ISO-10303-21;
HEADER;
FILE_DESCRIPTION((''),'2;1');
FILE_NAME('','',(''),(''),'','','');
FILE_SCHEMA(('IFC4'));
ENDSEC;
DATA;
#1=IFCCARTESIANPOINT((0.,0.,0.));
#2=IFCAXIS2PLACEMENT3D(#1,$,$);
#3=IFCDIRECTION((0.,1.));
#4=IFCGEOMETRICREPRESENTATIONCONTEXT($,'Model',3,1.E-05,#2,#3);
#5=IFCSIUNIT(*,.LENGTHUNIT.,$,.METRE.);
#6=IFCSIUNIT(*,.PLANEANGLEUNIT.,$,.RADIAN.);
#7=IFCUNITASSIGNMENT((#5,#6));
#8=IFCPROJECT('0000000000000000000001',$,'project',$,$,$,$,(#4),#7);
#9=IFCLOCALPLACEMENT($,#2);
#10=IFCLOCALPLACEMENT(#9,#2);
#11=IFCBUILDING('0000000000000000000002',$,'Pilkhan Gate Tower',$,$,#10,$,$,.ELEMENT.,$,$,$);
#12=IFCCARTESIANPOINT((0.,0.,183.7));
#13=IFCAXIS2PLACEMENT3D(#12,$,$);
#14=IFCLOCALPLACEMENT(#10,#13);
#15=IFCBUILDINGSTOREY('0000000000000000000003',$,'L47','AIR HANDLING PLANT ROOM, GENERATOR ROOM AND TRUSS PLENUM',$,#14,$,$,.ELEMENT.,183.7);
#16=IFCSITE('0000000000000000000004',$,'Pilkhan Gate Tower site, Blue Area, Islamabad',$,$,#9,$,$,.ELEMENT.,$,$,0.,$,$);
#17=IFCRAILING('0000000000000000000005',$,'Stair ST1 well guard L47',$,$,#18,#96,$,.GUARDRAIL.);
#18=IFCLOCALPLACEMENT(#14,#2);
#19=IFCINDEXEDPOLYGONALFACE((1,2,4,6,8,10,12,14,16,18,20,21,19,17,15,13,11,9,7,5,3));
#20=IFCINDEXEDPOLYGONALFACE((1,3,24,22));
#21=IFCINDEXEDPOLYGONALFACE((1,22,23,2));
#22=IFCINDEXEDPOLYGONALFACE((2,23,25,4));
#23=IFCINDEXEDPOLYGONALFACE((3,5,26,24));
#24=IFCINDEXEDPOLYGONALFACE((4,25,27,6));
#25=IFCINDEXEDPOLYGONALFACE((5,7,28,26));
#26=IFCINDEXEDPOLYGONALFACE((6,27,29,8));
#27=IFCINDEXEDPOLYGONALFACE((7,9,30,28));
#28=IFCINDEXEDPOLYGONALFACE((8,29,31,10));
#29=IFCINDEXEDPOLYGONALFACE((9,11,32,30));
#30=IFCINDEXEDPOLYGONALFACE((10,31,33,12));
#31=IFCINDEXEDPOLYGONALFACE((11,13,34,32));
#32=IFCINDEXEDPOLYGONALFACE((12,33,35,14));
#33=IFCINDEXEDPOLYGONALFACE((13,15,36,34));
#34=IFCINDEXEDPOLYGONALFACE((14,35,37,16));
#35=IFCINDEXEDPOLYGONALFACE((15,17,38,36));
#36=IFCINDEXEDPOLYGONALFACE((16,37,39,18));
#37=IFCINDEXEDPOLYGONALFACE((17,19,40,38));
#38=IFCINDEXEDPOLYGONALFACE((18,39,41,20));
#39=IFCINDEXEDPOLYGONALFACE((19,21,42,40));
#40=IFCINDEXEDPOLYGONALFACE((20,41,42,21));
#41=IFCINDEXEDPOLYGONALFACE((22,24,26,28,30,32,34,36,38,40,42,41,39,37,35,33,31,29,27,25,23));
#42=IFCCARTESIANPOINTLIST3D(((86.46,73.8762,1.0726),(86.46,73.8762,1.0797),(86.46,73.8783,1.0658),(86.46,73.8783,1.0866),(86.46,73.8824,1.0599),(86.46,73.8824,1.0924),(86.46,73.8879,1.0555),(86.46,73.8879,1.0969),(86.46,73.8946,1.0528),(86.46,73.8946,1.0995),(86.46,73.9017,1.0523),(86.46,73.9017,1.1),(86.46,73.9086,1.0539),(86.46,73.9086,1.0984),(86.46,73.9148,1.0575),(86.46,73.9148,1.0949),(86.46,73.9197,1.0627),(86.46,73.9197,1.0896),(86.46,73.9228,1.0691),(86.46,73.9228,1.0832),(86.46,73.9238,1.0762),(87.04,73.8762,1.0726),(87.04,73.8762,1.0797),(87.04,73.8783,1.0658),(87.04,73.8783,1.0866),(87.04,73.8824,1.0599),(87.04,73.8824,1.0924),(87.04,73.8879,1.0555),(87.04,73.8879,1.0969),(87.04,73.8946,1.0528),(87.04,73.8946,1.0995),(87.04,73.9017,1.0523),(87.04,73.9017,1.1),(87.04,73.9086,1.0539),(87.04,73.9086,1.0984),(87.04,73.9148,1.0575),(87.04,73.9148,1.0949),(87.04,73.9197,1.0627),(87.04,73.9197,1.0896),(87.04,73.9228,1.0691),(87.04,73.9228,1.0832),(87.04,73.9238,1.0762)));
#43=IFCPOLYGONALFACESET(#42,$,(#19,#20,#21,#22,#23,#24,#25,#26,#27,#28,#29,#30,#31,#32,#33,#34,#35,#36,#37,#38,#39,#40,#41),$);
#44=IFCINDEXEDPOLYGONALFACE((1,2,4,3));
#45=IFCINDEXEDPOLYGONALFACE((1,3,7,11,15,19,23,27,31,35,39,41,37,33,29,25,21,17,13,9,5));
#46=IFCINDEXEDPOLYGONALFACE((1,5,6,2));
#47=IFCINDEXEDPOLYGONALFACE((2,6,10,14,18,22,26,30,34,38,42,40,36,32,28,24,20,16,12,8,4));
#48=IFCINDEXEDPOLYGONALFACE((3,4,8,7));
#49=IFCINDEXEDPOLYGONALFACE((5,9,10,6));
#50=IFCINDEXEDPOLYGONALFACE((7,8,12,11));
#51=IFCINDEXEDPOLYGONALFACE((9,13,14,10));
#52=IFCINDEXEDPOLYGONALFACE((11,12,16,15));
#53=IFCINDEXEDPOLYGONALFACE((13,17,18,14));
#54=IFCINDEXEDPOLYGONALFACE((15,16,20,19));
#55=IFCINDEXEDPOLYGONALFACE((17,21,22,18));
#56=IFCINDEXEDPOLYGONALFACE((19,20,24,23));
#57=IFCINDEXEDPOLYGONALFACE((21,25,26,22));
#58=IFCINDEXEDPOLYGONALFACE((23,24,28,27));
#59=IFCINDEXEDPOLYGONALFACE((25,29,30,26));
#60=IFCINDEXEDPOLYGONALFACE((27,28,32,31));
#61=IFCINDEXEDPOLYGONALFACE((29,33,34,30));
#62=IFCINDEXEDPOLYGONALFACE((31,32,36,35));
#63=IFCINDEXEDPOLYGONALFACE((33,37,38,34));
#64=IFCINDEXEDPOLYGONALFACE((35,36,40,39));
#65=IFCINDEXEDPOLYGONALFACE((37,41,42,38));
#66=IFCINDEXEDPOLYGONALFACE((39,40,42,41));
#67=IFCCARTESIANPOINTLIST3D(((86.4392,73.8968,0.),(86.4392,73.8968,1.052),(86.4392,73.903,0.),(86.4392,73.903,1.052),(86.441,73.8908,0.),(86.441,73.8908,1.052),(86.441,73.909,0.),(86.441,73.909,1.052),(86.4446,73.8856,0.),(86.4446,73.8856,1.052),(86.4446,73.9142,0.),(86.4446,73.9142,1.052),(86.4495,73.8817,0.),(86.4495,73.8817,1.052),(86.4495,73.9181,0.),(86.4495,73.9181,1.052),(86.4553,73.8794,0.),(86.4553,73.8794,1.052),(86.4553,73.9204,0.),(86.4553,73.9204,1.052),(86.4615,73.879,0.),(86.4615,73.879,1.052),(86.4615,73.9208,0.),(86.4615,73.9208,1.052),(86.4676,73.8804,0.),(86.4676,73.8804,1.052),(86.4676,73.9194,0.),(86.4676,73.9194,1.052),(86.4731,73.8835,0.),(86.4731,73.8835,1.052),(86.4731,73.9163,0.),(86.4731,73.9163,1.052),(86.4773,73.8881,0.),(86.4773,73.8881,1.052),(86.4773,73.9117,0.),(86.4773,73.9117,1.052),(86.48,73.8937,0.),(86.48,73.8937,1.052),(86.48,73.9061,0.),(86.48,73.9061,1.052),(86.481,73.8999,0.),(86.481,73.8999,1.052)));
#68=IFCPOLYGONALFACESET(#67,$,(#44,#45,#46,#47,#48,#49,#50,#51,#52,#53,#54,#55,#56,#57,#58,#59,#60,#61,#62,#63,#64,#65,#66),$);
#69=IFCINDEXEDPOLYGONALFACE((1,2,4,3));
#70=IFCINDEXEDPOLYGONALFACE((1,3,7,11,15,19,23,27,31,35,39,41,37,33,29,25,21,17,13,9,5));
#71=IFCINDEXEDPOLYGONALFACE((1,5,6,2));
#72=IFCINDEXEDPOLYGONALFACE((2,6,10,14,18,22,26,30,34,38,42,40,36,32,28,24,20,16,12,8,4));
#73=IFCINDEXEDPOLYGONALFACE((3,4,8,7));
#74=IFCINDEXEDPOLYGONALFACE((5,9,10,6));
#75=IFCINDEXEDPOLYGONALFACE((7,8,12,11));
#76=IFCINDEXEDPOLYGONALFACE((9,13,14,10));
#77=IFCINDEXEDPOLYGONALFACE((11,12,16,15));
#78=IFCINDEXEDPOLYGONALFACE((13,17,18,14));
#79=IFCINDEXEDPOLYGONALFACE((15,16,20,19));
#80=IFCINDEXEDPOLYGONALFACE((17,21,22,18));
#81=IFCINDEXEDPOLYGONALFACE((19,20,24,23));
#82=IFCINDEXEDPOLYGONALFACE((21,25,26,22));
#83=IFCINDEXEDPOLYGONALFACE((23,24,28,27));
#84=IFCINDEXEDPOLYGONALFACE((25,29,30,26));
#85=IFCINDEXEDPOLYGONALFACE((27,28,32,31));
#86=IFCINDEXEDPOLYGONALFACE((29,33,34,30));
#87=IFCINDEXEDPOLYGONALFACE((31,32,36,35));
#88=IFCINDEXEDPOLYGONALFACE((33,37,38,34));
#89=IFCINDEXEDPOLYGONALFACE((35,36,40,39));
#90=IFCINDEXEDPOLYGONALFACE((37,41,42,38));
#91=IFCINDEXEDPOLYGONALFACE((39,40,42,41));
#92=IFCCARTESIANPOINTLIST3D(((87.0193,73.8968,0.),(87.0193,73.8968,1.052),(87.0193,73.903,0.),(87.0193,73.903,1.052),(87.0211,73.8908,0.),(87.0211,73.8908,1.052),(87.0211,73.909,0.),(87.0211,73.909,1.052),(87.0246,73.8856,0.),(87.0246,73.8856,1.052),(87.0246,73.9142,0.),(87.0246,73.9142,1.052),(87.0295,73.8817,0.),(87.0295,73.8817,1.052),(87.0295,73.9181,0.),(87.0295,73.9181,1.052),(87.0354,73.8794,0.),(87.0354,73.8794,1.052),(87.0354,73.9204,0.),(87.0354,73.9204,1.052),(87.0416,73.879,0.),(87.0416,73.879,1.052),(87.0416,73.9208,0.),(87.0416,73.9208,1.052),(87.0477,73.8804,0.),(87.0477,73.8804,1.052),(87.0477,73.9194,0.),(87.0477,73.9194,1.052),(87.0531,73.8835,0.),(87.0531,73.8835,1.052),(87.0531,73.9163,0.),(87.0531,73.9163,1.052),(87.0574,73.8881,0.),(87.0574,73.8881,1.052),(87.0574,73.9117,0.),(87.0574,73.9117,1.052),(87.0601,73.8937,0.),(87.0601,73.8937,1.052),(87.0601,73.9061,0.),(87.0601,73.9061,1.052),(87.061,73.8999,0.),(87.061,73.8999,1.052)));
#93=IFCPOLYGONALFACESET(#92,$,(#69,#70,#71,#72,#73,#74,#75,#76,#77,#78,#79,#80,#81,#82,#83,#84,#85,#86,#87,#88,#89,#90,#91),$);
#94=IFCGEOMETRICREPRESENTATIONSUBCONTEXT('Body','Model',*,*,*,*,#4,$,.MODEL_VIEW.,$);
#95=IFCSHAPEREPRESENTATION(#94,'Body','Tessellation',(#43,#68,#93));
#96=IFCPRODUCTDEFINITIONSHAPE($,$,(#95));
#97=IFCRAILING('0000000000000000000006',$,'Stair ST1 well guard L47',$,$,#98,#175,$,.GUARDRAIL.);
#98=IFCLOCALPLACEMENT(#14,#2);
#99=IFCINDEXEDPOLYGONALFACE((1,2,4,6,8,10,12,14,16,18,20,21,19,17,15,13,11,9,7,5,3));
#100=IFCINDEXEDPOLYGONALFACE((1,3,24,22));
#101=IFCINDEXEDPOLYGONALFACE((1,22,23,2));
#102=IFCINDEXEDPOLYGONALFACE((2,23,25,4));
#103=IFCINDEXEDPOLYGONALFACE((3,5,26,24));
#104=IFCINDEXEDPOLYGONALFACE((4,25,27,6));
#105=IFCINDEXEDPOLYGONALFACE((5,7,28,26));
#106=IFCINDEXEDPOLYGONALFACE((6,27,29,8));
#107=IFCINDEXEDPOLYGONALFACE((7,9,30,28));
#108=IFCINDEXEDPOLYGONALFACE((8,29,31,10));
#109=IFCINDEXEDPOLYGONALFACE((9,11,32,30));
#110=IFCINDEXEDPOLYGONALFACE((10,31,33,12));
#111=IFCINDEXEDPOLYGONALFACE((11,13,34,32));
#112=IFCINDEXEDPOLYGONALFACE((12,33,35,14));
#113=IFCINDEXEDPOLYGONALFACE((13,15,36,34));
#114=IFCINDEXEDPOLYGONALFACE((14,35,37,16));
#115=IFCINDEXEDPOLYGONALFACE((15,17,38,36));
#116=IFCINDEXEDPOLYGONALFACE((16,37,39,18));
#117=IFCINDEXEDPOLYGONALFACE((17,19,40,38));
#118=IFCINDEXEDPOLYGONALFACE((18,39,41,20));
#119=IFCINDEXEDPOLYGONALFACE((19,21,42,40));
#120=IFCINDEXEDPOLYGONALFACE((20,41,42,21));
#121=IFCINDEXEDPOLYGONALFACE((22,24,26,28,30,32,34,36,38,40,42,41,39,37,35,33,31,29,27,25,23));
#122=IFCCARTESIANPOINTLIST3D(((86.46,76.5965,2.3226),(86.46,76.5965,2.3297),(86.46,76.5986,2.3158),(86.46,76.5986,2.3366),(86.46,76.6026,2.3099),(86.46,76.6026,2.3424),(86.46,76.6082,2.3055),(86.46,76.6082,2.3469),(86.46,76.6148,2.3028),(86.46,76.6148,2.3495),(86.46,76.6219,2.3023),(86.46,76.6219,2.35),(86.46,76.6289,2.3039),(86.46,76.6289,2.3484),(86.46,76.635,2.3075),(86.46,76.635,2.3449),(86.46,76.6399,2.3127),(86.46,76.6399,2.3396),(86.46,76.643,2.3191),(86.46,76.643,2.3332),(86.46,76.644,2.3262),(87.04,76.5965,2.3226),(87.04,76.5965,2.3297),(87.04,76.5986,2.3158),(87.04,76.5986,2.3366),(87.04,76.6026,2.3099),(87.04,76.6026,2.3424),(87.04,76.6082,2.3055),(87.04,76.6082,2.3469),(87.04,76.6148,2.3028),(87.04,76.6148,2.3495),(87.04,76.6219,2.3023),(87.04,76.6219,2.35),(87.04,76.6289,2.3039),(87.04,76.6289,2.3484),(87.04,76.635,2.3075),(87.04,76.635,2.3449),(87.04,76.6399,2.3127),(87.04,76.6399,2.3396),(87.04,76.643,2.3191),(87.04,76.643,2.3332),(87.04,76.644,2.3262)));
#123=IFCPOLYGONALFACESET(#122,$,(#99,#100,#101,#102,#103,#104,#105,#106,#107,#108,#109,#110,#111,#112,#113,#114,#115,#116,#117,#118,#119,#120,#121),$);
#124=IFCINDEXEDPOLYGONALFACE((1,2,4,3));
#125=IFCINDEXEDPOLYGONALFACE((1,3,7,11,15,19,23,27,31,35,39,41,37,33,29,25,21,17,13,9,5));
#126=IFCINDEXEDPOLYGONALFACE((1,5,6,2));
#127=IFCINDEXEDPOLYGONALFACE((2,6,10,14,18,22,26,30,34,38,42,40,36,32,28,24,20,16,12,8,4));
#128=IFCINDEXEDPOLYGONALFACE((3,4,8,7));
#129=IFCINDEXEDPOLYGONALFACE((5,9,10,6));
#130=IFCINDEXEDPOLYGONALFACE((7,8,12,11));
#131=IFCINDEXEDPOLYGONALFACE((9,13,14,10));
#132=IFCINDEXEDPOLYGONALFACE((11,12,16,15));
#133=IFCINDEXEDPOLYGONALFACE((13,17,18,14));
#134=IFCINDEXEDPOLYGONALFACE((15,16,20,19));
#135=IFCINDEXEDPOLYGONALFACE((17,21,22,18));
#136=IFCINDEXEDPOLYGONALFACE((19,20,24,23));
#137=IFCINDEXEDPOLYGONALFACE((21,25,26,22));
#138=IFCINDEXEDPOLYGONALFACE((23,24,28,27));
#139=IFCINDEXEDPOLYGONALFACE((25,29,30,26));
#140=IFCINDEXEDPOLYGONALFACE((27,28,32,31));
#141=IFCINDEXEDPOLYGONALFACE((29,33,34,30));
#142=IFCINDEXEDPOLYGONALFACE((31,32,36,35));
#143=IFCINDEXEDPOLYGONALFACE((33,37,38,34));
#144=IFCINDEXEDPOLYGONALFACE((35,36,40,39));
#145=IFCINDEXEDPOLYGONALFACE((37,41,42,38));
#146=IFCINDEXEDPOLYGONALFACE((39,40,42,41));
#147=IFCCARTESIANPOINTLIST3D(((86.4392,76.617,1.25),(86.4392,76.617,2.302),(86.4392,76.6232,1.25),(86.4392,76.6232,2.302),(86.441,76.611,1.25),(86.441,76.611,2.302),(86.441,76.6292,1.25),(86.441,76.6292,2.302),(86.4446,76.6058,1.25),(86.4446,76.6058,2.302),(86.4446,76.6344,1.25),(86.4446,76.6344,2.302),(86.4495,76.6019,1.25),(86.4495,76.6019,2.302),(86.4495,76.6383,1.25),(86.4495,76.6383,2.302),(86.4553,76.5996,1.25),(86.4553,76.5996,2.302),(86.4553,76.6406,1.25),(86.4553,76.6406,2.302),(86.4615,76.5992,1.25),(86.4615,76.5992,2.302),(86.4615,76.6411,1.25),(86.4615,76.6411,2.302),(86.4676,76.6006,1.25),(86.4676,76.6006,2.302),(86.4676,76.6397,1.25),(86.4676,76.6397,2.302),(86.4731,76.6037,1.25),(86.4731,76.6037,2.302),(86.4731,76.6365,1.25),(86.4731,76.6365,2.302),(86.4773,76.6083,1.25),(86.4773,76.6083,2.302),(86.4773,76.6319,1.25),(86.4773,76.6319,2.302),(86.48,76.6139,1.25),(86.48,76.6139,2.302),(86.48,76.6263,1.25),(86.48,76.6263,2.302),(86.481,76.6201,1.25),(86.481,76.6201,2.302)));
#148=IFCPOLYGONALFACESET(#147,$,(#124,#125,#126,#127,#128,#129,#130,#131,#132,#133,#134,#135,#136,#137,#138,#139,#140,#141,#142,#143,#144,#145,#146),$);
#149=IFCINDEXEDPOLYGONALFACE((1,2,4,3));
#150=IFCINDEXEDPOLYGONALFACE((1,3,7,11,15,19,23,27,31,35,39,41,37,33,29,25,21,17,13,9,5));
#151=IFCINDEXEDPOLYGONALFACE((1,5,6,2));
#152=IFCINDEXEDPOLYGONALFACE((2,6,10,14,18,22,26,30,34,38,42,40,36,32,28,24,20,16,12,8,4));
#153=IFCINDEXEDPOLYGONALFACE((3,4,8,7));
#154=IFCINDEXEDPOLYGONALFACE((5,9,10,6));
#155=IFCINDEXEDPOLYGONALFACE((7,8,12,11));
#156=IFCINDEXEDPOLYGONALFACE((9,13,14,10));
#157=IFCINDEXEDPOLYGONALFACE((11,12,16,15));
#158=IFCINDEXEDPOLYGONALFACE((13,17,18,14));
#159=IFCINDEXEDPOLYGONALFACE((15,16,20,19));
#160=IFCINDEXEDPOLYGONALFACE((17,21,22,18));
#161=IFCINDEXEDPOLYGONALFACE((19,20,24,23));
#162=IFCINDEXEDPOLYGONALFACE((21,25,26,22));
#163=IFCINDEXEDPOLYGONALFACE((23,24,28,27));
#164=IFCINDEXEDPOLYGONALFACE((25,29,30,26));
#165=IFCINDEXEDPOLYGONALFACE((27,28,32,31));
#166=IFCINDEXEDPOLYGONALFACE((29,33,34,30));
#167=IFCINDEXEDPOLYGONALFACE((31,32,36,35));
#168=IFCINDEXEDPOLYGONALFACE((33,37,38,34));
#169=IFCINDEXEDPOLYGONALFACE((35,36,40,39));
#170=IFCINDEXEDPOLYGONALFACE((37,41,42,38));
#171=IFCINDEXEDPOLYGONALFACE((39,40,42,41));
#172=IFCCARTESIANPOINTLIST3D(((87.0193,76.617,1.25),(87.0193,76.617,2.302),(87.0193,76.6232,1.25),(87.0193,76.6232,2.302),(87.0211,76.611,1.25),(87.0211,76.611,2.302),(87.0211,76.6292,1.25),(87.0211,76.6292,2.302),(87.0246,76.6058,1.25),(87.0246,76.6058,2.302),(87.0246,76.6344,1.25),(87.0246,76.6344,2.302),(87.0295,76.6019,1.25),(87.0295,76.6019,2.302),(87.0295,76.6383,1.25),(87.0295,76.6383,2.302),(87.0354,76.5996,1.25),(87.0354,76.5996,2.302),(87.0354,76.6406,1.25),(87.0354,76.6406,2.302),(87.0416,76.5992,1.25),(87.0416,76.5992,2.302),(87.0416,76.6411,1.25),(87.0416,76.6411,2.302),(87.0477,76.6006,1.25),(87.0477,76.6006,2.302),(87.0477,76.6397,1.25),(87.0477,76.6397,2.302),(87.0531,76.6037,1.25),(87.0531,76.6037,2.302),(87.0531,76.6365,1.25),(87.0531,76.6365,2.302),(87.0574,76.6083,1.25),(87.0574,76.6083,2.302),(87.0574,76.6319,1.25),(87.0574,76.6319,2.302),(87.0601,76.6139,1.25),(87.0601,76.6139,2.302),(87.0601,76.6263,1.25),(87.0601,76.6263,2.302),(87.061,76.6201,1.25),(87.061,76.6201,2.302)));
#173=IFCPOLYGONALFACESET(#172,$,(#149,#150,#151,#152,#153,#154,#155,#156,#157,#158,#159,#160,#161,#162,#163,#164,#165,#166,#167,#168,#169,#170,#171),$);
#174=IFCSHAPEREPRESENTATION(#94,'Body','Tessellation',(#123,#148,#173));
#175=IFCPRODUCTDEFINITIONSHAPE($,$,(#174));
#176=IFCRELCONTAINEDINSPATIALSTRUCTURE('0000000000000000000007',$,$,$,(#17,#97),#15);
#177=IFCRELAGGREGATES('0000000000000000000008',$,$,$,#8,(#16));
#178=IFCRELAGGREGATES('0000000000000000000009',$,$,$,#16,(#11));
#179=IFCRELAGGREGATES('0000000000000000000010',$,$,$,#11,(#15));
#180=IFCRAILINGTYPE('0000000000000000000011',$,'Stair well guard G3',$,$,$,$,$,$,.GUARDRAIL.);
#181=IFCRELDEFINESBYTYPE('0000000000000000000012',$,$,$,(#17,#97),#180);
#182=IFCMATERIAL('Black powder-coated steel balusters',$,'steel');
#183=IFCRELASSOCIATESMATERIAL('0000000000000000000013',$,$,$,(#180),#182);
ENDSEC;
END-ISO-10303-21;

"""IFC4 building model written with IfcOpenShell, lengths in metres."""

from ifc_helpers import new_model, si_unit, direction, frame, origin, origin_2d, place, context, subcontext, project, spatial, circle, extrude, material, type_object, element, save


model = new_model("IFC4")

# Units and contexts
model_context = context("Model", 3, precision=1e-05, world=origin(), true_north=direction((0.0, 1.0)))
body_context = subcontext(model_context, "Body", "Model", "MODEL_VIEW")
ifc_project = project(units=[si_unit("LENGTHUNIT", "METRE"), si_unit("PLANEANGLEUNIT", "RADIAN")], contexts=[model_context])

# Site, building, storey
site_placement = place(None, origin())
site = spatial("IfcSite", under=ifc_project, at=site_placement, Name="Pilkhan Gate Tower site, Blue Area, Islamabad", CompositionType="ELEMENT", RefElevation=0.0)
building_placement = place(site_placement, origin())
building = spatial("IfcBuilding", under=site, at=building_placement, Name="Pilkhan Gate Tower", CompositionType="ELEMENT")
storey_placement = place(building_placement, frame((0.0, 0.0, 183.7)))
storey = spatial("IfcBuildingStorey", under=building, at=storey_placement, Name="L47", Description="AIR HANDLING PLANT ROOM, GENERATOR ROOM AND TRUSS PLENUM", CompositionType="ELEMENT", Elevation=183.7)

# Railings
ifc_material_1 = material(Name="Black powder-coated steel balusters", Category="steel")
railing_type_1 = type_object("IfcRailingType", Name="Stair well guard G3", PredefinedType="GUARDRAIL", material=ifc_material_1)
for number, where, name in (
    (1, (86.46, 73.8999, 0.0), "Stair ST1 well guard L47"),
    (2, (86.46, 76.6201, 1.25), "Stair ST1 well guard L47"),
):
    element("IfcRailing", number, at=place(storey_placement, frame(where)), inside=storey, type_object=railing_type_1, Name=name, PredefinedType="GUARDRAIL", context=body_context, shape_type="SweptSolid", body=[
        extrude(circle(Radius=0.0239, at=origin_2d()), frame((0.0, 0.0, 1.0762), z_axis=(1.0, 0.0, 0.0), x_axis=(0.0, 1.0, 0.0)), (0.0, 0.0, 1.0), 0.5801),
        extrude(circle(Radius=0.021, at=origin_2d()), origin(), (0.0, 0.0, 1.0), 1.052),
        extrude(circle(Radius=0.021, at=origin_2d()), frame((0.5801, 0.0, 0.0)), (0.0, 0.0, 1.0), 1.052),
    ])

save(model, "model.ifc")
